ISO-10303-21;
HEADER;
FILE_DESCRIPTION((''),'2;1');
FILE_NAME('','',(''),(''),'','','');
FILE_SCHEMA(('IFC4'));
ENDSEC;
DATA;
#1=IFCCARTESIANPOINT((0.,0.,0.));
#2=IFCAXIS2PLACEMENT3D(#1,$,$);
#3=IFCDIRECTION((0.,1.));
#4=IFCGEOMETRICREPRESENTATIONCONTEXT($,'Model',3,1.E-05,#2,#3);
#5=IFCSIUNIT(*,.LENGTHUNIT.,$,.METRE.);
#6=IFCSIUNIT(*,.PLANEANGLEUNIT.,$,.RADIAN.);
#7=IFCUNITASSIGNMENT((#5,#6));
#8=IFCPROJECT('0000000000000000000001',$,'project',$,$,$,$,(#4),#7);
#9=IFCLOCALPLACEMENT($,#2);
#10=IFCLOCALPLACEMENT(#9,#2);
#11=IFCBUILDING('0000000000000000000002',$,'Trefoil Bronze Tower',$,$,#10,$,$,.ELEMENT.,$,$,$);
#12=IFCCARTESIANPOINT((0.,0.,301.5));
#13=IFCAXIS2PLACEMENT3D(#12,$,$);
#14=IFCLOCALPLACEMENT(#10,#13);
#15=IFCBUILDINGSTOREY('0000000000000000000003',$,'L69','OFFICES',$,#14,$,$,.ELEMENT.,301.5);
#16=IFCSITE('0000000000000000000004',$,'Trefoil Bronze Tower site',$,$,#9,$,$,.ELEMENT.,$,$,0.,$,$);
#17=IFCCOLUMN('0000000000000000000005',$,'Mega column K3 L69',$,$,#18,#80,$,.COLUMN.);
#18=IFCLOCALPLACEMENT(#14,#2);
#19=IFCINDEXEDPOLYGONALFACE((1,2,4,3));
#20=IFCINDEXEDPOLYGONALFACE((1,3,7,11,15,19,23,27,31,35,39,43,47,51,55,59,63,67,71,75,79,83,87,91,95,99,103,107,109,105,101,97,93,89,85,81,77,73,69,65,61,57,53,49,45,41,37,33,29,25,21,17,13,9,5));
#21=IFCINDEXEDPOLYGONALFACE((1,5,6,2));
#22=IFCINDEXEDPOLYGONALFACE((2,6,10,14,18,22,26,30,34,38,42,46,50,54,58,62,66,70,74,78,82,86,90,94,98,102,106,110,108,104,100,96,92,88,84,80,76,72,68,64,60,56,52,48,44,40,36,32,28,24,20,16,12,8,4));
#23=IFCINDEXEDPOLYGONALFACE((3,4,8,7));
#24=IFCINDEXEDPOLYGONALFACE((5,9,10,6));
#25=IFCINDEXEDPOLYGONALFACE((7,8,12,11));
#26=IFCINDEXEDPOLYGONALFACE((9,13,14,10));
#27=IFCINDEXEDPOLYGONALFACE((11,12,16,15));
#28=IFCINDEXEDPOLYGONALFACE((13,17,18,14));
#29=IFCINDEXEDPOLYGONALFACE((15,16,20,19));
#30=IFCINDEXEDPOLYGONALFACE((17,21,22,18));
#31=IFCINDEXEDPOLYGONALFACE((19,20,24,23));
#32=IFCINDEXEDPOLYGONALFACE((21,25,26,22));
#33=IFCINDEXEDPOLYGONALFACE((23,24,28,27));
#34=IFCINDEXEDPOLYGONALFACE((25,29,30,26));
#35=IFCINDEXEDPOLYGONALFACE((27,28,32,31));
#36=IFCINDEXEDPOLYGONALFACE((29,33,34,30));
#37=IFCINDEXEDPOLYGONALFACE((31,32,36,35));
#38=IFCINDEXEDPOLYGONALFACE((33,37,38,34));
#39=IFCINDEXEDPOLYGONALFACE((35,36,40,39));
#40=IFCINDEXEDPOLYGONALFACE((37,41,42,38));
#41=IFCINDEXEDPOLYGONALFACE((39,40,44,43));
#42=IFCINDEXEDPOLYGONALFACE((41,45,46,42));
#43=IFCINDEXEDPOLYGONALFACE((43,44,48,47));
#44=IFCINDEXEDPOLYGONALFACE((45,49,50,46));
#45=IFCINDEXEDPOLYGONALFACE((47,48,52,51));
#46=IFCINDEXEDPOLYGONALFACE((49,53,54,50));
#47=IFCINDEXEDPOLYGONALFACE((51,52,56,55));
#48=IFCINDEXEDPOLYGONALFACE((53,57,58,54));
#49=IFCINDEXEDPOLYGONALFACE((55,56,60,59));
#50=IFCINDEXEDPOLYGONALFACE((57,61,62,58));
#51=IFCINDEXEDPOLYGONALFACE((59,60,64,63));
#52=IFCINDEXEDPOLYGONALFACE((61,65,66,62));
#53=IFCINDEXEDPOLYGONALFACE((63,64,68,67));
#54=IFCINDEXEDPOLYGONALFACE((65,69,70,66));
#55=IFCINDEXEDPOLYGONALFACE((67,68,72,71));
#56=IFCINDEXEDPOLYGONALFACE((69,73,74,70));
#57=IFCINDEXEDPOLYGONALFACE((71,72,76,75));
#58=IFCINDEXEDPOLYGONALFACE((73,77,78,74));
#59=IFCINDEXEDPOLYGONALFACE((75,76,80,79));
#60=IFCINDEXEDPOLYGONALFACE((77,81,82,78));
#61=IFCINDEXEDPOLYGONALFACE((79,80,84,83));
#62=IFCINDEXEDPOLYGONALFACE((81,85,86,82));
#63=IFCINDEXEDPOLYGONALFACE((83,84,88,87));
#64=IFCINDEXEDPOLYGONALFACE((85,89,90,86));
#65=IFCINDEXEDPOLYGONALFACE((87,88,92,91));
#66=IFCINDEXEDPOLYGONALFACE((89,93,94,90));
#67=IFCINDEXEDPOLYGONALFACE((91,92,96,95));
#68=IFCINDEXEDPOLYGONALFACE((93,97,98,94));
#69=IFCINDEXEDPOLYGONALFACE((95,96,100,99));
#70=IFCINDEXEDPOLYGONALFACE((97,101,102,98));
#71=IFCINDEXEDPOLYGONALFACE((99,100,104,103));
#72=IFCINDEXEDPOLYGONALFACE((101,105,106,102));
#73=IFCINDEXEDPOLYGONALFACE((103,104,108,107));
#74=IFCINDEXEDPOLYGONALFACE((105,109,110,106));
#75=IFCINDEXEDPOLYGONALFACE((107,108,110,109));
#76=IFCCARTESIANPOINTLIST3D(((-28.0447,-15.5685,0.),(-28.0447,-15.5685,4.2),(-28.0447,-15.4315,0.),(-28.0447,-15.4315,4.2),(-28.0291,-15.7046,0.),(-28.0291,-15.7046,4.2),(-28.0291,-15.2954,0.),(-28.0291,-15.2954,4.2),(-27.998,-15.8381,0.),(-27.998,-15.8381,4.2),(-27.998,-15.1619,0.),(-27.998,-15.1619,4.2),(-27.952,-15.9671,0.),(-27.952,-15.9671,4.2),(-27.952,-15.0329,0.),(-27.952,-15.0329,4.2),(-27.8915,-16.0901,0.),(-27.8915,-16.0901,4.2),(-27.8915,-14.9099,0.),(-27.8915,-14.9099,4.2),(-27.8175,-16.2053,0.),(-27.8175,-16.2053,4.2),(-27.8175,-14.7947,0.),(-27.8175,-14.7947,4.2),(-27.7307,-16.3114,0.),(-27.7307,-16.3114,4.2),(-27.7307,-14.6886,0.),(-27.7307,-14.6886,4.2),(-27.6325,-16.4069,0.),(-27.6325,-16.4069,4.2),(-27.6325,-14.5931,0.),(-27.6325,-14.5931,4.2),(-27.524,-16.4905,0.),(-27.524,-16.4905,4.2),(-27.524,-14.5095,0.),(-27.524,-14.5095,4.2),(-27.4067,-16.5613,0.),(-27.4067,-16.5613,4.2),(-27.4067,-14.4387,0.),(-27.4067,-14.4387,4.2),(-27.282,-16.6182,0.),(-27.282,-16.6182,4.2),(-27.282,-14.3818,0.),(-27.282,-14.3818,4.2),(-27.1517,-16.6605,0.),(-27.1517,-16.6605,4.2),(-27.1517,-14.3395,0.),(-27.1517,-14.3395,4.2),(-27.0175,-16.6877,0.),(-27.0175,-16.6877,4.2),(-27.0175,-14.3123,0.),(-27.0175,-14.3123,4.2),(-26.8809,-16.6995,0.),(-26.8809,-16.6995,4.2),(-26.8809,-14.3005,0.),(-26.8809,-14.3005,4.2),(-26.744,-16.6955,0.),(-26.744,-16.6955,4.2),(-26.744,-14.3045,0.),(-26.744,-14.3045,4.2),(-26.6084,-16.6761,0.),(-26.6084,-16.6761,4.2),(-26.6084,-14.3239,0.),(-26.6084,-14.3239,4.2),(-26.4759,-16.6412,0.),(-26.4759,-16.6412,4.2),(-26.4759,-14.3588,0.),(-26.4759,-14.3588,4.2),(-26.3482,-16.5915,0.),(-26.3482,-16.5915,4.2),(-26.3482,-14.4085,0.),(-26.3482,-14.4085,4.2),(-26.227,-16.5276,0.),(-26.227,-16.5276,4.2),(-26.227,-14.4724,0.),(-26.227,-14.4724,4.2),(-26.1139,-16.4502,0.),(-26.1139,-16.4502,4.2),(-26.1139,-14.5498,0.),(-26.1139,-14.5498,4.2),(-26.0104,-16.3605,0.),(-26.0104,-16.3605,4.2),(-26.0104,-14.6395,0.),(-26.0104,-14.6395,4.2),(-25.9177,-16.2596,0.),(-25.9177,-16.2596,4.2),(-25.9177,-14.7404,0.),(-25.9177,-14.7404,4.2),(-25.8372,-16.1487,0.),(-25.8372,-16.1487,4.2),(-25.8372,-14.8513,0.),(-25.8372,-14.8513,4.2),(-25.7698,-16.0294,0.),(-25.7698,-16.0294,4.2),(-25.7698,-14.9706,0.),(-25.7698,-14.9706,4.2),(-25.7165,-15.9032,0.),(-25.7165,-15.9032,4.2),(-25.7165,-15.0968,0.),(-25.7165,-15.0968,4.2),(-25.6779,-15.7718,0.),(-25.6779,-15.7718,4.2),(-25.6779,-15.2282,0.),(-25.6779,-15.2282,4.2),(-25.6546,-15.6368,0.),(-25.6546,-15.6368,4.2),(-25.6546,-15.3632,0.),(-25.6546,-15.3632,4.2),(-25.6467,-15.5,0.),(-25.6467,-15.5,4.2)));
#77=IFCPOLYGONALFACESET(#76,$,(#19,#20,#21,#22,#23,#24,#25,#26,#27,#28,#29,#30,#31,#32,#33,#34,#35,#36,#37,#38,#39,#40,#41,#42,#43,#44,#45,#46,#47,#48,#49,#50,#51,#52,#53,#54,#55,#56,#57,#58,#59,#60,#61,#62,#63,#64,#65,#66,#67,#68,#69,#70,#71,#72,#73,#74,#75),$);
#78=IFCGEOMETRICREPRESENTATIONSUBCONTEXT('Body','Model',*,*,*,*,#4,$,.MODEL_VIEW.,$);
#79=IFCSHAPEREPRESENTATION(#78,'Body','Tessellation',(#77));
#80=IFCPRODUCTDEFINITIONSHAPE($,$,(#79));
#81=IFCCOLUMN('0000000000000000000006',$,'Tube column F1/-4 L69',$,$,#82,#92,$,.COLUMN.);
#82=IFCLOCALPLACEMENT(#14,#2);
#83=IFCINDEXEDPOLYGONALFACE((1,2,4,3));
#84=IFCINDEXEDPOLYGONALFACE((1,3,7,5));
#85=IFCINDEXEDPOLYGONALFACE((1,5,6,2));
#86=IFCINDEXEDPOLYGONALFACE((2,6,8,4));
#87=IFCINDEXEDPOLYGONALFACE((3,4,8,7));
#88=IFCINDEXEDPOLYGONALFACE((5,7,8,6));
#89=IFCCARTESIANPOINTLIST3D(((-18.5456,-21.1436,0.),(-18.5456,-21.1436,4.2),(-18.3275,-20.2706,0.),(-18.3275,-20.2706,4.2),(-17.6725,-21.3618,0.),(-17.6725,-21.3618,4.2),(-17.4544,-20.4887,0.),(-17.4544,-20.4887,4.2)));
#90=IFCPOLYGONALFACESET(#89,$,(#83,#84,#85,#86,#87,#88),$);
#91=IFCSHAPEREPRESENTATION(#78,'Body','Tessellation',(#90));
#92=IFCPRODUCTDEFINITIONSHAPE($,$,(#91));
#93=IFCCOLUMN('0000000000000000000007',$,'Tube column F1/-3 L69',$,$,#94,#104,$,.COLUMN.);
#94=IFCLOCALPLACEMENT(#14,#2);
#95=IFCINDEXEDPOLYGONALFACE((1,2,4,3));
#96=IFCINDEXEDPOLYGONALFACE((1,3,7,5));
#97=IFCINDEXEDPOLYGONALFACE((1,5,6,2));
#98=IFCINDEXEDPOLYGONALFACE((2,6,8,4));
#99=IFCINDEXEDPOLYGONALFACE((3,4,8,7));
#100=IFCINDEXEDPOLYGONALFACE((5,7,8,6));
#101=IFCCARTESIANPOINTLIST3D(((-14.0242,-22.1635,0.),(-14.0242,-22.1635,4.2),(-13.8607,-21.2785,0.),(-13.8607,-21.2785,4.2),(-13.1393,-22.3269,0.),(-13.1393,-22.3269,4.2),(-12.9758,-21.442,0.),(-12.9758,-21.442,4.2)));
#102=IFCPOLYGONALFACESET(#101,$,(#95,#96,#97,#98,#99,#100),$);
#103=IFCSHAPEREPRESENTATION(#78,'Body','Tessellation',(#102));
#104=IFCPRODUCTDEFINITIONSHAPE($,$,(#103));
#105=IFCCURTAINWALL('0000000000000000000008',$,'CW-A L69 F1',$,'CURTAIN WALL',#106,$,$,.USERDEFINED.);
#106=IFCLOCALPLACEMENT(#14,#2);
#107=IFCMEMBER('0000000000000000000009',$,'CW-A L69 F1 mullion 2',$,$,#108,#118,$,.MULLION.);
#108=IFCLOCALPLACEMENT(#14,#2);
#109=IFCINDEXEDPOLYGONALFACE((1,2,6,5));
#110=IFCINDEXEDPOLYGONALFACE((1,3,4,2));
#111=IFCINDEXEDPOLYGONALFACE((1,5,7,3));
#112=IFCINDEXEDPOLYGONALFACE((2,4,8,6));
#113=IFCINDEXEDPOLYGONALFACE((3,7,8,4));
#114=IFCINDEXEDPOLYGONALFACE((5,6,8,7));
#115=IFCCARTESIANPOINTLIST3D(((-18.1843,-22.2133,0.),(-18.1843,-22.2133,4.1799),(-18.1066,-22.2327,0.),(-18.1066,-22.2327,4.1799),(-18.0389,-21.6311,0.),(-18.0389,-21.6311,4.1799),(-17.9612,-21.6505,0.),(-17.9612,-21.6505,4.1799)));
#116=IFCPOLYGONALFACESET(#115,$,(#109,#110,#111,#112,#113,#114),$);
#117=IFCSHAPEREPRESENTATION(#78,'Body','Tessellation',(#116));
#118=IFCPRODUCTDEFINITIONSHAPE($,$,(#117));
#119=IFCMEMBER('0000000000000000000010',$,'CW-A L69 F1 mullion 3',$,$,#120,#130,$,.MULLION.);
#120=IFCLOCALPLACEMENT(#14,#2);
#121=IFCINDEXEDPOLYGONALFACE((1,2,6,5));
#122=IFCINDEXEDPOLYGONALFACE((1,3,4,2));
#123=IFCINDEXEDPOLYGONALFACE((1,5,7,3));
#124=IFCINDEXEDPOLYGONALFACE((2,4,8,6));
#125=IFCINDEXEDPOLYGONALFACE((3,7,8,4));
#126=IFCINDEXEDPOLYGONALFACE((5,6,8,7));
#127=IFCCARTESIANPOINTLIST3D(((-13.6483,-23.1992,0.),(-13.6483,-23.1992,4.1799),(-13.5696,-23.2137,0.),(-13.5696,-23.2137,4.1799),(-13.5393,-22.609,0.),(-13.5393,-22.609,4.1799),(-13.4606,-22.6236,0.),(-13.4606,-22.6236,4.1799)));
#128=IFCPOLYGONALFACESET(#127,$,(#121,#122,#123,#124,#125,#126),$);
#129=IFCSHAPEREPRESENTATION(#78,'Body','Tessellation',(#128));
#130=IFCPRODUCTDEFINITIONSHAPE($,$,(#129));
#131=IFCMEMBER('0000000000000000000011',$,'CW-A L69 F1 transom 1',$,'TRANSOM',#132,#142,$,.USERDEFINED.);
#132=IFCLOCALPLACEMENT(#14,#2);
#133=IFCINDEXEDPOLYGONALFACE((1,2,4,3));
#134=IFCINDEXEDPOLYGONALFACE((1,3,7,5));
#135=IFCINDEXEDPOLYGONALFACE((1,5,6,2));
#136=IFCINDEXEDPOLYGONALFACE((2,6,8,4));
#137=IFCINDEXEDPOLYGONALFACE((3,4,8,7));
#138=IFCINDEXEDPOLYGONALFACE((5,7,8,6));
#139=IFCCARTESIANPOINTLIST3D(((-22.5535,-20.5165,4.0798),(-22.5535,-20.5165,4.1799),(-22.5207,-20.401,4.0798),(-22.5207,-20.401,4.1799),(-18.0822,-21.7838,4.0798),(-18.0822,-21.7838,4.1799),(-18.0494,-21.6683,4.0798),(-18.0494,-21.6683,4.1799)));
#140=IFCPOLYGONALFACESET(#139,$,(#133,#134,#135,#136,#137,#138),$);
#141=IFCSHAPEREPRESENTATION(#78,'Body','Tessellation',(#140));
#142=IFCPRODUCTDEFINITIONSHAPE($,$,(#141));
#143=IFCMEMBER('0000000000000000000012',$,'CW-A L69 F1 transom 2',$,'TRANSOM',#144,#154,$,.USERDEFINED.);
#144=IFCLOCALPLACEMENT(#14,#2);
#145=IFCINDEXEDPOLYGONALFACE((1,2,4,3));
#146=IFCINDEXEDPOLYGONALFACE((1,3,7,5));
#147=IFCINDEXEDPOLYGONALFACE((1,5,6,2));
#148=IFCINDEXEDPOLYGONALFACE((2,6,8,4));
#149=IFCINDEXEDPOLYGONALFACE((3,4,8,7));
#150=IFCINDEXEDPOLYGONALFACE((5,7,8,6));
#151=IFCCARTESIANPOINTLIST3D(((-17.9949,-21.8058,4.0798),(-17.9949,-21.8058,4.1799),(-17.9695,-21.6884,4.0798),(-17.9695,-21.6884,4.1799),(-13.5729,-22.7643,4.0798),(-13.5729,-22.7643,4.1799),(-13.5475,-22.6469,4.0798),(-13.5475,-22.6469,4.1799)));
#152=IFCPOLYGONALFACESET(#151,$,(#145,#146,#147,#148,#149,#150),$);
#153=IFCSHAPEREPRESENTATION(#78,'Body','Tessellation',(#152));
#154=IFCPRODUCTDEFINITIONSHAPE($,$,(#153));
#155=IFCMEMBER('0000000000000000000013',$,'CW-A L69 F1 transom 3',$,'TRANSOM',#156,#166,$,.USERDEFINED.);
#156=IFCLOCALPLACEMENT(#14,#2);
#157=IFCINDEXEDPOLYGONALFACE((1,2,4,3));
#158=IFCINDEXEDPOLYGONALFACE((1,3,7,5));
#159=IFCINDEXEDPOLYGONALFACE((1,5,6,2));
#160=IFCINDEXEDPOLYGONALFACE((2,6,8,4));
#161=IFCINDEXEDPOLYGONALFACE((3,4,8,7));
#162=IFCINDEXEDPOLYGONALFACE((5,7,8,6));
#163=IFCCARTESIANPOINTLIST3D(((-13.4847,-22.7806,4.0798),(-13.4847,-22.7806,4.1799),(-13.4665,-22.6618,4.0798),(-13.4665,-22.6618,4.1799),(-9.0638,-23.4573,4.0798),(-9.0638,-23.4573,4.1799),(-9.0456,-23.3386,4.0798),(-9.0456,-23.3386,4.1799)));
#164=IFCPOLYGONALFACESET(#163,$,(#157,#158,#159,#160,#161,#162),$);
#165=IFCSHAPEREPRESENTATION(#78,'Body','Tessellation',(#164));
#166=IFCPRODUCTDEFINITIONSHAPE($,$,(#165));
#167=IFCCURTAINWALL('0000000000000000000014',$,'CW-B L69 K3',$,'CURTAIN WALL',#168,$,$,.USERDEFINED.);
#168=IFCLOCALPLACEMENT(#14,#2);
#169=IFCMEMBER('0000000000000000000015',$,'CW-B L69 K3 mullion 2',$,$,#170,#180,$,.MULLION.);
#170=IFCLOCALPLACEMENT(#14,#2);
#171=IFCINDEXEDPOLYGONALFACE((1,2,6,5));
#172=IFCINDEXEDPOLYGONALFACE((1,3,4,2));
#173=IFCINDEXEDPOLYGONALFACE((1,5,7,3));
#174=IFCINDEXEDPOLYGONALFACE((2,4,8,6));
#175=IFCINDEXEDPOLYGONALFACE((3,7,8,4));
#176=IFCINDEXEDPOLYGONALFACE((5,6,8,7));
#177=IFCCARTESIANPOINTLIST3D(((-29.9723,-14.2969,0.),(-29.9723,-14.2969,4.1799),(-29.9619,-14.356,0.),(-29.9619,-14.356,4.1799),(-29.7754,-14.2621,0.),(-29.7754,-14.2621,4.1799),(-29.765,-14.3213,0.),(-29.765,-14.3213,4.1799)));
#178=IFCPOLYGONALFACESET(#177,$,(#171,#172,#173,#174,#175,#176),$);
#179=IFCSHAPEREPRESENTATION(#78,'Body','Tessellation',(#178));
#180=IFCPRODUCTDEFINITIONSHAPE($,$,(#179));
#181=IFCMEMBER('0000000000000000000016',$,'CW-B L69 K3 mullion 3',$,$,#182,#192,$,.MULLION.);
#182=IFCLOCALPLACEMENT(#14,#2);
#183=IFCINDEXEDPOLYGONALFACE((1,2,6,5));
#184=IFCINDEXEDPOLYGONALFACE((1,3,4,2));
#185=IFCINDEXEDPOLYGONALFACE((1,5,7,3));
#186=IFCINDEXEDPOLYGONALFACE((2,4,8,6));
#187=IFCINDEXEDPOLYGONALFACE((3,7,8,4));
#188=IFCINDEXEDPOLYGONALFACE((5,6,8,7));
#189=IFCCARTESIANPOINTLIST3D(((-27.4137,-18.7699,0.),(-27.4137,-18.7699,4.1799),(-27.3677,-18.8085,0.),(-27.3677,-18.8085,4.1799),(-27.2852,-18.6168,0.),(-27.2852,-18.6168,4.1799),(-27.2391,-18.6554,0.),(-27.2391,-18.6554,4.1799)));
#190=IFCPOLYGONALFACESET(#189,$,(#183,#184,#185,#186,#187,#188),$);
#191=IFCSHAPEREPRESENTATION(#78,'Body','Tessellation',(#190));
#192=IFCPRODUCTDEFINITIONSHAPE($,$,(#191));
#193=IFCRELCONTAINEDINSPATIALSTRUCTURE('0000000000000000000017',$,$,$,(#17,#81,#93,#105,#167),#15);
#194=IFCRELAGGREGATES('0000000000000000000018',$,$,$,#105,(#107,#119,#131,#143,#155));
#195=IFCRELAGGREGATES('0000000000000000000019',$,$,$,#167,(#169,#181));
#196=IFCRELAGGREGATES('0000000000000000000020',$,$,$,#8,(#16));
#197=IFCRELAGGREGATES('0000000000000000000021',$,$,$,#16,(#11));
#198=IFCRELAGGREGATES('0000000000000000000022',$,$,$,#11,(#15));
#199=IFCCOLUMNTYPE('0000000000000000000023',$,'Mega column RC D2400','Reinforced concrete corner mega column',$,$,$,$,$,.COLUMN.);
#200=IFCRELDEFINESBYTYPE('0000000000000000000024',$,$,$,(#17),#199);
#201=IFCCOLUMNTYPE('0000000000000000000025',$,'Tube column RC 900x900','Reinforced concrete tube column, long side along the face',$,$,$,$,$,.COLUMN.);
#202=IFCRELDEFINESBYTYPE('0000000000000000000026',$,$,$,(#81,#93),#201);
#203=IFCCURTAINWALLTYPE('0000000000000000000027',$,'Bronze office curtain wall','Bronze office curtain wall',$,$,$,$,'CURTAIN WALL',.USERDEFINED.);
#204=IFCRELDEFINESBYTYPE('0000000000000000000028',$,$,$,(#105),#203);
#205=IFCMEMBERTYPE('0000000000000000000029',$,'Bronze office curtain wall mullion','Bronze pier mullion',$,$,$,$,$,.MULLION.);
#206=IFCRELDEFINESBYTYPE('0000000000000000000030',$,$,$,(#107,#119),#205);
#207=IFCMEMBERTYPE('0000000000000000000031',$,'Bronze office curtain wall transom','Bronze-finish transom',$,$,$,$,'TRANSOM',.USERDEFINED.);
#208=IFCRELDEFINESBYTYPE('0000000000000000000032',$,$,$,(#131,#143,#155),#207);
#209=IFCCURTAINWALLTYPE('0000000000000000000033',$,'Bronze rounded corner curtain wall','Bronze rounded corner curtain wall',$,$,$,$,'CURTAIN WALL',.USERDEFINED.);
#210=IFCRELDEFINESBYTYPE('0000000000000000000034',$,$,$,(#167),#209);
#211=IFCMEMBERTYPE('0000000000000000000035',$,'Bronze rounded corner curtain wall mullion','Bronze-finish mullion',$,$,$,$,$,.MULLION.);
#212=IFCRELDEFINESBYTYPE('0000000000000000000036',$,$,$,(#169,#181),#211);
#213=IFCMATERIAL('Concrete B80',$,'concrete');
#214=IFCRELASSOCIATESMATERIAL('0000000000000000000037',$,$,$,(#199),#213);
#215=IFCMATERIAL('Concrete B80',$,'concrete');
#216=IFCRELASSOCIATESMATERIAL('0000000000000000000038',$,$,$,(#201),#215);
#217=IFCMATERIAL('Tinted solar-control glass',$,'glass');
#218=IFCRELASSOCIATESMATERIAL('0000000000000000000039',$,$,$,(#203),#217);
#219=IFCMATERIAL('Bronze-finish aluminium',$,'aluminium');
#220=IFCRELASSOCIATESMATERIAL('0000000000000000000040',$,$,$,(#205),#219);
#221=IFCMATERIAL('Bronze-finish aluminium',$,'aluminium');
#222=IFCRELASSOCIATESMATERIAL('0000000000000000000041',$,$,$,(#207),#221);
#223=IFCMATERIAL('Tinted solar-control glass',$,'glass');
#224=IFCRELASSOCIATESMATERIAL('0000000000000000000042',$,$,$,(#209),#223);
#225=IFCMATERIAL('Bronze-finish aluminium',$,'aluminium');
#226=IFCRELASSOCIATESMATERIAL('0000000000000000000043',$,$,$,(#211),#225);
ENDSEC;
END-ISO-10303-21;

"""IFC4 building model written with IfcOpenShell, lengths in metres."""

from ifc_helpers import new_model, si_unit, direction, frame, origin, origin_2d, place, context, subcontext, project, spatial, rectangle, circle, extrude, material, material_profile, profile_set, type_object, element, aggregate, save


model = new_model("IFC4")

# Units and contexts
model_context = context("Model", 3, precision=1e-05, world=origin(), true_north=direction((0.0, 1.0)))
body_context = subcontext(model_context, "Body", "Model", "MODEL_VIEW")
ifc_project = project(units=[si_unit("LENGTHUNIT", "METRE"), si_unit("PLANEANGLEUNIT", "RADIAN")], contexts=[model_context])

# Site, building, storey
site_placement = place(None, origin())
site = spatial("IfcSite", under=ifc_project, at=site_placement, Name="Trefoil Bronze Tower site", CompositionType="ELEMENT", RefElevation=0.0)
building_placement = place(site_placement, origin())
building = spatial("IfcBuilding", under=site, at=building_placement, Name="Trefoil Bronze Tower", CompositionType="ELEMENT")
storey_placement = place(building_placement, frame((0.0, 0.0, 301.5)))
storey = spatial("IfcBuildingStorey", under=building, at=storey_placement, Name="L69", Description="OFFICES", CompositionType="ELEMENT", Elevation=301.5)

# Columns
ifc_material_1 = material(Name="Concrete B80", Category="concrete")
ifc_material_profile_1 = material_profile(ifc_material_1, circle(Radius=1.2, at=origin_2d()), Name="RC D2400")
ifc_profile_set_1 = profile_set([ifc_material_profile_1], Name="Concrete B80")
column_type_1 = type_object("IfcColumnType", Name="Mega column RC D2400", Description="Reinforced concrete corner mega column", PredefinedType="COLUMN", material=ifc_profile_set_1)
column_placement = place(storey_placement, frame((-26.8467, -15.5, 0.0), z_axis=(0.0, 0.0, 1.0), x_axis=(1.0, 0.0, 0.0)))
element("IfcColumn", 1, at=column_placement, inside=storey, type_object=column_type_1, Name="Mega column K3 L69", PredefinedType="COLUMN", context=body_context, shape_type="SweptSolid", body=[
    extrude(circle(Radius=1.2, at=origin_2d()), origin(), (0.0, 0.0, 1.0), 4.2),
])
ifc_material_2 = material(Name="Concrete B80", Category="concrete")
ifc_material_profile_2 = material_profile(ifc_material_2, rectangle(XDim=0.8999, YDim=0.8999, at=origin_2d()), Name="RC 900x900")
ifc_profile_set_2 = profile_set([ifc_material_profile_2], Name="Concrete B80")
column_type_2 = type_object("IfcColumnType", Name="Tube column RC 900x900", Description="Reinforced concrete tube column, long side along the face", PredefinedType="COLUMN", material=ifc_profile_set_2)
for number, where, z_axis, x_axis, name in (
    (2, (-18.0, -20.8162, 0.0), (0.0, 0.0, 1.0), (0.970178, -0.242394, 0.0), "Tube column F1/-4 L69"),
    (3, (-13.5, -21.8027, 0.0), (0.0, 0.0, 1.0), (0.98336, -0.181667, 0.0), "Tube column F1/-3 L69"),
):
    element("IfcColumn", number, at=place(storey_placement, frame(where, z_axis=z_axis, x_axis=x_axis)), inside=storey, type_object=column_type_2, Name=name, PredefinedType="COLUMN", context=body_context, shape_type="SweptSolid", body=[
        extrude(rectangle(XDim=0.8999, YDim=0.8999, at=origin_2d()), origin(), (0.0, 0.0, 1.0), 4.2),
    ])

# Curtain walls, members
ifc_material_3 = material(Name="Tinted solar-control glass", Category="glass")
curtain_wall_type_1 = type_object("IfcCurtainWallType", Name="Bronze office curtain wall", Description="Bronze office curtain wall", ElementType="CURTAIN WALL", PredefinedType="USERDEFINED", material=ifc_material_3)
curtain_wall_1_placement = place(storey_placement, origin())
curtain_wall_1 = element("IfcCurtainWall", 4, at=curtain_wall_1_placement, inside=storey, type_object=curtain_wall_type_1, Name="CW-A L69 F1", ObjectType="CURTAIN WALL", PredefinedType="USERDEFINED")
ifc_material_4 = material(Name="Bronze-finish aluminium", Category="aluminium")
ifc_material_profile_3 = material_profile(ifc_material_4, rectangle(XDim=0.6001, YDim=0.0801, at=origin_2d()), Name="CW-A mullion")
ifc_profile_set_3 = profile_set([ifc_material_profile_3], Name="Bronze-finish aluminium")
member_type_1 = type_object("IfcMemberType", Name="Bronze office curtain wall mullion", Description="Bronze pier mullion", PredefinedType="MULLION", material=ifc_profile_set_3)
member_1_placement = place(storey_placement, frame((-18.0728, -21.9319, 0.0), z_axis=(0.0, 0.0, 1.0), x_axis=(0.242394, 0.970178, 0.0)))
member_1 = element("IfcMember", 5, at=member_1_placement, type_object=member_type_1, Name="CW-A L69 F1 mullion 2", PredefinedType="MULLION", context=body_context, shape_type="SweptSolid", body=[
    extrude(rectangle(XDim=0.6001, YDim=0.0801, at=origin_2d()), origin(), (0.0, 0.0, 1.0), 4.1799),
])
member_2_placement = place(storey_placement, frame((-13.5544, -22.9114, 0.0), z_axis=(0.0, 0.0, 1.0), x_axis=(0.181667, 0.98336, 0.0)))
member_2 = element("IfcMember", 6, at=member_2_placement, type_object=member_type_1, Name="CW-A L69 F1 mullion 3", PredefinedType="MULLION", context=body_context, shape_type="SweptSolid", body=[
    extrude(rectangle(XDim=0.6001, YDim=0.0801, at=origin_2d()), origin(), (0.0, 0.0, 1.0), 4.1799),
])
ifc_material_5 = material(Name="Bronze-finish aluminium", Category="aluminium")
ifc_material_profile_4 = material_profile(ifc_material_5, rectangle(XDim=0.1201, YDim=0.1001, at=origin_2d()), Name="CW-A transom")
ifc_profile_set_4 = profile_set([ifc_material_profile_4], Name="Bronze-finish aluminium")
member_type_2 = type_object("IfcMemberType", Name="Bronze office curtain wall transom", Description="Bronze-finish transom", ElementType="TRANSOM", PredefinedType="USERDEFINED", material=ifc_profile_set_4)
member_3_placement = place(storey_placement, frame((-22.5371, -20.4587, 4.1299), z_axis=(0.962103, -0.272688, 0.0), x_axis=(0.272688, 0.962103, 0.0)))
member_3 = element("IfcMember", 7, at=member_3_placement, type_object=member_type_2, Name="CW-A L69 F1 transom 1", ObjectType="TRANSOM", PredefinedType="USERDEFINED", context=body_context, shape_type="SweptSolid", body=[
    extrude(rectangle(XDim=0.1201, YDim=0.1001, at=origin_2d()), origin(), (0.0, 0.0, 1.0), 4.6475),
])
member_4_placement = place(storey_placement, frame((-17.9822, -21.7471, 4.1299), z_axis=(0.977304, -0.211843, 0.0), x_axis=(0.211843, 0.977304, 0.0)))
member_4 = element("IfcMember", 8, at=member_4_placement, type_object=member_type_2, Name="CW-A L69 F1 transom 2", ObjectType="TRANSOM", PredefinedType="USERDEFINED", context=body_context, shape_type="SweptSolid", body=[
    extrude(rectangle(XDim=0.1201, YDim=0.1001, at=origin_2d()), origin(), (0.0, 0.0, 1.0), 4.5247),
])
member_5_placement = place(storey_placement, frame((-13.4756, -22.7212, 4.1299), z_axis=(0.988485, -0.151319, 0.0), x_axis=(0.151319, 0.988485, 0.0)))
member_5 = element("IfcMember", 9, at=member_5_placement, type_object=member_type_2, Name="CW-A L69 F1 transom 3", ObjectType="TRANSOM", PredefinedType="USERDEFINED", context=body_context, shape_type="SweptSolid", body=[
    extrude(rectangle(XDim=0.1201, YDim=0.1001, at=origin_2d()), origin(), (0.0, 0.0, 1.0), 4.4724),
])
ifc_material_6 = material(Name="Tinted solar-control glass", Category="glass")
curtain_wall_type_2 = type_object("IfcCurtainWallType", Name="Bronze rounded corner curtain wall", Description="Bronze rounded corner curtain wall", ElementType="CURTAIN WALL", PredefinedType="USERDEFINED", material=ifc_material_6)
curtain_wall_2_placement = place(storey_placement, origin())
curtain_wall_2 = element("IfcCurtainWall", 10, at=curtain_wall_2_placement, inside=storey, type_object=curtain_wall_type_2, Name="CW-B L69 K3", ObjectType="CURTAIN WALL", PredefinedType="USERDEFINED")
ifc_material_7 = material(Name="Bronze-finish aluminium", Category="aluminium")
ifc_material_profile_5 = material_profile(ifc_material_7, rectangle(XDim=0.2, YDim=0.0601, at=origin_2d()), Name="CW-B mullion")
ifc_profile_set_5 = profile_set([ifc_material_profile_5], Name="Bronze-finish aluminium")
member_type_3 = type_object("IfcMemberType", Name="Bronze rounded corner curtain wall mullion", Description="Bronze-finish mullion", PredefinedType="MULLION", material=ifc_profile_set_5)
member_6_placement = place(storey_placement, frame((-29.8687, -14.3091, 0.0), z_axis=(0.0, 0.0, 1.0), x_axis=(0.984808, 0.173648, 0.0)))
member_6 = element("IfcMember", 11, at=member_6_placement, type_object=member_type_3, Name="CW-B L69 K3 mullion 2", PredefinedType="MULLION", context=body_context, shape_type="SweptSolid", body=[
    extrude(rectangle(XDim=0.2, YDim=0.0601, at=origin_2d()), origin(), (0.0, 0.0, 1.0), 4.1799),
])
member_7_placement = place(storey_placement, frame((-27.3264, -18.7126, 0.0), z_axis=(0.0, 0.0, 1.0), x_axis=(0.642788, 0.766044, 0.0)))
member_7 = element("IfcMember", 12, at=member_7_placement, type_object=member_type_3, Name="CW-B L69 K3 mullion 3", PredefinedType="MULLION", context=body_context, shape_type="SweptSolid", body=[
    extrude(rectangle(XDim=0.2, YDim=0.0601, at=origin_2d()), origin(), (0.0, 0.0, 1.0), 4.1799),
])

aggregate(curtain_wall_1, [member_1, member_2, member_3, member_4, member_5])
aggregate(curtain_wall_2, [member_6, member_7])

save(model, "model.ifc")
